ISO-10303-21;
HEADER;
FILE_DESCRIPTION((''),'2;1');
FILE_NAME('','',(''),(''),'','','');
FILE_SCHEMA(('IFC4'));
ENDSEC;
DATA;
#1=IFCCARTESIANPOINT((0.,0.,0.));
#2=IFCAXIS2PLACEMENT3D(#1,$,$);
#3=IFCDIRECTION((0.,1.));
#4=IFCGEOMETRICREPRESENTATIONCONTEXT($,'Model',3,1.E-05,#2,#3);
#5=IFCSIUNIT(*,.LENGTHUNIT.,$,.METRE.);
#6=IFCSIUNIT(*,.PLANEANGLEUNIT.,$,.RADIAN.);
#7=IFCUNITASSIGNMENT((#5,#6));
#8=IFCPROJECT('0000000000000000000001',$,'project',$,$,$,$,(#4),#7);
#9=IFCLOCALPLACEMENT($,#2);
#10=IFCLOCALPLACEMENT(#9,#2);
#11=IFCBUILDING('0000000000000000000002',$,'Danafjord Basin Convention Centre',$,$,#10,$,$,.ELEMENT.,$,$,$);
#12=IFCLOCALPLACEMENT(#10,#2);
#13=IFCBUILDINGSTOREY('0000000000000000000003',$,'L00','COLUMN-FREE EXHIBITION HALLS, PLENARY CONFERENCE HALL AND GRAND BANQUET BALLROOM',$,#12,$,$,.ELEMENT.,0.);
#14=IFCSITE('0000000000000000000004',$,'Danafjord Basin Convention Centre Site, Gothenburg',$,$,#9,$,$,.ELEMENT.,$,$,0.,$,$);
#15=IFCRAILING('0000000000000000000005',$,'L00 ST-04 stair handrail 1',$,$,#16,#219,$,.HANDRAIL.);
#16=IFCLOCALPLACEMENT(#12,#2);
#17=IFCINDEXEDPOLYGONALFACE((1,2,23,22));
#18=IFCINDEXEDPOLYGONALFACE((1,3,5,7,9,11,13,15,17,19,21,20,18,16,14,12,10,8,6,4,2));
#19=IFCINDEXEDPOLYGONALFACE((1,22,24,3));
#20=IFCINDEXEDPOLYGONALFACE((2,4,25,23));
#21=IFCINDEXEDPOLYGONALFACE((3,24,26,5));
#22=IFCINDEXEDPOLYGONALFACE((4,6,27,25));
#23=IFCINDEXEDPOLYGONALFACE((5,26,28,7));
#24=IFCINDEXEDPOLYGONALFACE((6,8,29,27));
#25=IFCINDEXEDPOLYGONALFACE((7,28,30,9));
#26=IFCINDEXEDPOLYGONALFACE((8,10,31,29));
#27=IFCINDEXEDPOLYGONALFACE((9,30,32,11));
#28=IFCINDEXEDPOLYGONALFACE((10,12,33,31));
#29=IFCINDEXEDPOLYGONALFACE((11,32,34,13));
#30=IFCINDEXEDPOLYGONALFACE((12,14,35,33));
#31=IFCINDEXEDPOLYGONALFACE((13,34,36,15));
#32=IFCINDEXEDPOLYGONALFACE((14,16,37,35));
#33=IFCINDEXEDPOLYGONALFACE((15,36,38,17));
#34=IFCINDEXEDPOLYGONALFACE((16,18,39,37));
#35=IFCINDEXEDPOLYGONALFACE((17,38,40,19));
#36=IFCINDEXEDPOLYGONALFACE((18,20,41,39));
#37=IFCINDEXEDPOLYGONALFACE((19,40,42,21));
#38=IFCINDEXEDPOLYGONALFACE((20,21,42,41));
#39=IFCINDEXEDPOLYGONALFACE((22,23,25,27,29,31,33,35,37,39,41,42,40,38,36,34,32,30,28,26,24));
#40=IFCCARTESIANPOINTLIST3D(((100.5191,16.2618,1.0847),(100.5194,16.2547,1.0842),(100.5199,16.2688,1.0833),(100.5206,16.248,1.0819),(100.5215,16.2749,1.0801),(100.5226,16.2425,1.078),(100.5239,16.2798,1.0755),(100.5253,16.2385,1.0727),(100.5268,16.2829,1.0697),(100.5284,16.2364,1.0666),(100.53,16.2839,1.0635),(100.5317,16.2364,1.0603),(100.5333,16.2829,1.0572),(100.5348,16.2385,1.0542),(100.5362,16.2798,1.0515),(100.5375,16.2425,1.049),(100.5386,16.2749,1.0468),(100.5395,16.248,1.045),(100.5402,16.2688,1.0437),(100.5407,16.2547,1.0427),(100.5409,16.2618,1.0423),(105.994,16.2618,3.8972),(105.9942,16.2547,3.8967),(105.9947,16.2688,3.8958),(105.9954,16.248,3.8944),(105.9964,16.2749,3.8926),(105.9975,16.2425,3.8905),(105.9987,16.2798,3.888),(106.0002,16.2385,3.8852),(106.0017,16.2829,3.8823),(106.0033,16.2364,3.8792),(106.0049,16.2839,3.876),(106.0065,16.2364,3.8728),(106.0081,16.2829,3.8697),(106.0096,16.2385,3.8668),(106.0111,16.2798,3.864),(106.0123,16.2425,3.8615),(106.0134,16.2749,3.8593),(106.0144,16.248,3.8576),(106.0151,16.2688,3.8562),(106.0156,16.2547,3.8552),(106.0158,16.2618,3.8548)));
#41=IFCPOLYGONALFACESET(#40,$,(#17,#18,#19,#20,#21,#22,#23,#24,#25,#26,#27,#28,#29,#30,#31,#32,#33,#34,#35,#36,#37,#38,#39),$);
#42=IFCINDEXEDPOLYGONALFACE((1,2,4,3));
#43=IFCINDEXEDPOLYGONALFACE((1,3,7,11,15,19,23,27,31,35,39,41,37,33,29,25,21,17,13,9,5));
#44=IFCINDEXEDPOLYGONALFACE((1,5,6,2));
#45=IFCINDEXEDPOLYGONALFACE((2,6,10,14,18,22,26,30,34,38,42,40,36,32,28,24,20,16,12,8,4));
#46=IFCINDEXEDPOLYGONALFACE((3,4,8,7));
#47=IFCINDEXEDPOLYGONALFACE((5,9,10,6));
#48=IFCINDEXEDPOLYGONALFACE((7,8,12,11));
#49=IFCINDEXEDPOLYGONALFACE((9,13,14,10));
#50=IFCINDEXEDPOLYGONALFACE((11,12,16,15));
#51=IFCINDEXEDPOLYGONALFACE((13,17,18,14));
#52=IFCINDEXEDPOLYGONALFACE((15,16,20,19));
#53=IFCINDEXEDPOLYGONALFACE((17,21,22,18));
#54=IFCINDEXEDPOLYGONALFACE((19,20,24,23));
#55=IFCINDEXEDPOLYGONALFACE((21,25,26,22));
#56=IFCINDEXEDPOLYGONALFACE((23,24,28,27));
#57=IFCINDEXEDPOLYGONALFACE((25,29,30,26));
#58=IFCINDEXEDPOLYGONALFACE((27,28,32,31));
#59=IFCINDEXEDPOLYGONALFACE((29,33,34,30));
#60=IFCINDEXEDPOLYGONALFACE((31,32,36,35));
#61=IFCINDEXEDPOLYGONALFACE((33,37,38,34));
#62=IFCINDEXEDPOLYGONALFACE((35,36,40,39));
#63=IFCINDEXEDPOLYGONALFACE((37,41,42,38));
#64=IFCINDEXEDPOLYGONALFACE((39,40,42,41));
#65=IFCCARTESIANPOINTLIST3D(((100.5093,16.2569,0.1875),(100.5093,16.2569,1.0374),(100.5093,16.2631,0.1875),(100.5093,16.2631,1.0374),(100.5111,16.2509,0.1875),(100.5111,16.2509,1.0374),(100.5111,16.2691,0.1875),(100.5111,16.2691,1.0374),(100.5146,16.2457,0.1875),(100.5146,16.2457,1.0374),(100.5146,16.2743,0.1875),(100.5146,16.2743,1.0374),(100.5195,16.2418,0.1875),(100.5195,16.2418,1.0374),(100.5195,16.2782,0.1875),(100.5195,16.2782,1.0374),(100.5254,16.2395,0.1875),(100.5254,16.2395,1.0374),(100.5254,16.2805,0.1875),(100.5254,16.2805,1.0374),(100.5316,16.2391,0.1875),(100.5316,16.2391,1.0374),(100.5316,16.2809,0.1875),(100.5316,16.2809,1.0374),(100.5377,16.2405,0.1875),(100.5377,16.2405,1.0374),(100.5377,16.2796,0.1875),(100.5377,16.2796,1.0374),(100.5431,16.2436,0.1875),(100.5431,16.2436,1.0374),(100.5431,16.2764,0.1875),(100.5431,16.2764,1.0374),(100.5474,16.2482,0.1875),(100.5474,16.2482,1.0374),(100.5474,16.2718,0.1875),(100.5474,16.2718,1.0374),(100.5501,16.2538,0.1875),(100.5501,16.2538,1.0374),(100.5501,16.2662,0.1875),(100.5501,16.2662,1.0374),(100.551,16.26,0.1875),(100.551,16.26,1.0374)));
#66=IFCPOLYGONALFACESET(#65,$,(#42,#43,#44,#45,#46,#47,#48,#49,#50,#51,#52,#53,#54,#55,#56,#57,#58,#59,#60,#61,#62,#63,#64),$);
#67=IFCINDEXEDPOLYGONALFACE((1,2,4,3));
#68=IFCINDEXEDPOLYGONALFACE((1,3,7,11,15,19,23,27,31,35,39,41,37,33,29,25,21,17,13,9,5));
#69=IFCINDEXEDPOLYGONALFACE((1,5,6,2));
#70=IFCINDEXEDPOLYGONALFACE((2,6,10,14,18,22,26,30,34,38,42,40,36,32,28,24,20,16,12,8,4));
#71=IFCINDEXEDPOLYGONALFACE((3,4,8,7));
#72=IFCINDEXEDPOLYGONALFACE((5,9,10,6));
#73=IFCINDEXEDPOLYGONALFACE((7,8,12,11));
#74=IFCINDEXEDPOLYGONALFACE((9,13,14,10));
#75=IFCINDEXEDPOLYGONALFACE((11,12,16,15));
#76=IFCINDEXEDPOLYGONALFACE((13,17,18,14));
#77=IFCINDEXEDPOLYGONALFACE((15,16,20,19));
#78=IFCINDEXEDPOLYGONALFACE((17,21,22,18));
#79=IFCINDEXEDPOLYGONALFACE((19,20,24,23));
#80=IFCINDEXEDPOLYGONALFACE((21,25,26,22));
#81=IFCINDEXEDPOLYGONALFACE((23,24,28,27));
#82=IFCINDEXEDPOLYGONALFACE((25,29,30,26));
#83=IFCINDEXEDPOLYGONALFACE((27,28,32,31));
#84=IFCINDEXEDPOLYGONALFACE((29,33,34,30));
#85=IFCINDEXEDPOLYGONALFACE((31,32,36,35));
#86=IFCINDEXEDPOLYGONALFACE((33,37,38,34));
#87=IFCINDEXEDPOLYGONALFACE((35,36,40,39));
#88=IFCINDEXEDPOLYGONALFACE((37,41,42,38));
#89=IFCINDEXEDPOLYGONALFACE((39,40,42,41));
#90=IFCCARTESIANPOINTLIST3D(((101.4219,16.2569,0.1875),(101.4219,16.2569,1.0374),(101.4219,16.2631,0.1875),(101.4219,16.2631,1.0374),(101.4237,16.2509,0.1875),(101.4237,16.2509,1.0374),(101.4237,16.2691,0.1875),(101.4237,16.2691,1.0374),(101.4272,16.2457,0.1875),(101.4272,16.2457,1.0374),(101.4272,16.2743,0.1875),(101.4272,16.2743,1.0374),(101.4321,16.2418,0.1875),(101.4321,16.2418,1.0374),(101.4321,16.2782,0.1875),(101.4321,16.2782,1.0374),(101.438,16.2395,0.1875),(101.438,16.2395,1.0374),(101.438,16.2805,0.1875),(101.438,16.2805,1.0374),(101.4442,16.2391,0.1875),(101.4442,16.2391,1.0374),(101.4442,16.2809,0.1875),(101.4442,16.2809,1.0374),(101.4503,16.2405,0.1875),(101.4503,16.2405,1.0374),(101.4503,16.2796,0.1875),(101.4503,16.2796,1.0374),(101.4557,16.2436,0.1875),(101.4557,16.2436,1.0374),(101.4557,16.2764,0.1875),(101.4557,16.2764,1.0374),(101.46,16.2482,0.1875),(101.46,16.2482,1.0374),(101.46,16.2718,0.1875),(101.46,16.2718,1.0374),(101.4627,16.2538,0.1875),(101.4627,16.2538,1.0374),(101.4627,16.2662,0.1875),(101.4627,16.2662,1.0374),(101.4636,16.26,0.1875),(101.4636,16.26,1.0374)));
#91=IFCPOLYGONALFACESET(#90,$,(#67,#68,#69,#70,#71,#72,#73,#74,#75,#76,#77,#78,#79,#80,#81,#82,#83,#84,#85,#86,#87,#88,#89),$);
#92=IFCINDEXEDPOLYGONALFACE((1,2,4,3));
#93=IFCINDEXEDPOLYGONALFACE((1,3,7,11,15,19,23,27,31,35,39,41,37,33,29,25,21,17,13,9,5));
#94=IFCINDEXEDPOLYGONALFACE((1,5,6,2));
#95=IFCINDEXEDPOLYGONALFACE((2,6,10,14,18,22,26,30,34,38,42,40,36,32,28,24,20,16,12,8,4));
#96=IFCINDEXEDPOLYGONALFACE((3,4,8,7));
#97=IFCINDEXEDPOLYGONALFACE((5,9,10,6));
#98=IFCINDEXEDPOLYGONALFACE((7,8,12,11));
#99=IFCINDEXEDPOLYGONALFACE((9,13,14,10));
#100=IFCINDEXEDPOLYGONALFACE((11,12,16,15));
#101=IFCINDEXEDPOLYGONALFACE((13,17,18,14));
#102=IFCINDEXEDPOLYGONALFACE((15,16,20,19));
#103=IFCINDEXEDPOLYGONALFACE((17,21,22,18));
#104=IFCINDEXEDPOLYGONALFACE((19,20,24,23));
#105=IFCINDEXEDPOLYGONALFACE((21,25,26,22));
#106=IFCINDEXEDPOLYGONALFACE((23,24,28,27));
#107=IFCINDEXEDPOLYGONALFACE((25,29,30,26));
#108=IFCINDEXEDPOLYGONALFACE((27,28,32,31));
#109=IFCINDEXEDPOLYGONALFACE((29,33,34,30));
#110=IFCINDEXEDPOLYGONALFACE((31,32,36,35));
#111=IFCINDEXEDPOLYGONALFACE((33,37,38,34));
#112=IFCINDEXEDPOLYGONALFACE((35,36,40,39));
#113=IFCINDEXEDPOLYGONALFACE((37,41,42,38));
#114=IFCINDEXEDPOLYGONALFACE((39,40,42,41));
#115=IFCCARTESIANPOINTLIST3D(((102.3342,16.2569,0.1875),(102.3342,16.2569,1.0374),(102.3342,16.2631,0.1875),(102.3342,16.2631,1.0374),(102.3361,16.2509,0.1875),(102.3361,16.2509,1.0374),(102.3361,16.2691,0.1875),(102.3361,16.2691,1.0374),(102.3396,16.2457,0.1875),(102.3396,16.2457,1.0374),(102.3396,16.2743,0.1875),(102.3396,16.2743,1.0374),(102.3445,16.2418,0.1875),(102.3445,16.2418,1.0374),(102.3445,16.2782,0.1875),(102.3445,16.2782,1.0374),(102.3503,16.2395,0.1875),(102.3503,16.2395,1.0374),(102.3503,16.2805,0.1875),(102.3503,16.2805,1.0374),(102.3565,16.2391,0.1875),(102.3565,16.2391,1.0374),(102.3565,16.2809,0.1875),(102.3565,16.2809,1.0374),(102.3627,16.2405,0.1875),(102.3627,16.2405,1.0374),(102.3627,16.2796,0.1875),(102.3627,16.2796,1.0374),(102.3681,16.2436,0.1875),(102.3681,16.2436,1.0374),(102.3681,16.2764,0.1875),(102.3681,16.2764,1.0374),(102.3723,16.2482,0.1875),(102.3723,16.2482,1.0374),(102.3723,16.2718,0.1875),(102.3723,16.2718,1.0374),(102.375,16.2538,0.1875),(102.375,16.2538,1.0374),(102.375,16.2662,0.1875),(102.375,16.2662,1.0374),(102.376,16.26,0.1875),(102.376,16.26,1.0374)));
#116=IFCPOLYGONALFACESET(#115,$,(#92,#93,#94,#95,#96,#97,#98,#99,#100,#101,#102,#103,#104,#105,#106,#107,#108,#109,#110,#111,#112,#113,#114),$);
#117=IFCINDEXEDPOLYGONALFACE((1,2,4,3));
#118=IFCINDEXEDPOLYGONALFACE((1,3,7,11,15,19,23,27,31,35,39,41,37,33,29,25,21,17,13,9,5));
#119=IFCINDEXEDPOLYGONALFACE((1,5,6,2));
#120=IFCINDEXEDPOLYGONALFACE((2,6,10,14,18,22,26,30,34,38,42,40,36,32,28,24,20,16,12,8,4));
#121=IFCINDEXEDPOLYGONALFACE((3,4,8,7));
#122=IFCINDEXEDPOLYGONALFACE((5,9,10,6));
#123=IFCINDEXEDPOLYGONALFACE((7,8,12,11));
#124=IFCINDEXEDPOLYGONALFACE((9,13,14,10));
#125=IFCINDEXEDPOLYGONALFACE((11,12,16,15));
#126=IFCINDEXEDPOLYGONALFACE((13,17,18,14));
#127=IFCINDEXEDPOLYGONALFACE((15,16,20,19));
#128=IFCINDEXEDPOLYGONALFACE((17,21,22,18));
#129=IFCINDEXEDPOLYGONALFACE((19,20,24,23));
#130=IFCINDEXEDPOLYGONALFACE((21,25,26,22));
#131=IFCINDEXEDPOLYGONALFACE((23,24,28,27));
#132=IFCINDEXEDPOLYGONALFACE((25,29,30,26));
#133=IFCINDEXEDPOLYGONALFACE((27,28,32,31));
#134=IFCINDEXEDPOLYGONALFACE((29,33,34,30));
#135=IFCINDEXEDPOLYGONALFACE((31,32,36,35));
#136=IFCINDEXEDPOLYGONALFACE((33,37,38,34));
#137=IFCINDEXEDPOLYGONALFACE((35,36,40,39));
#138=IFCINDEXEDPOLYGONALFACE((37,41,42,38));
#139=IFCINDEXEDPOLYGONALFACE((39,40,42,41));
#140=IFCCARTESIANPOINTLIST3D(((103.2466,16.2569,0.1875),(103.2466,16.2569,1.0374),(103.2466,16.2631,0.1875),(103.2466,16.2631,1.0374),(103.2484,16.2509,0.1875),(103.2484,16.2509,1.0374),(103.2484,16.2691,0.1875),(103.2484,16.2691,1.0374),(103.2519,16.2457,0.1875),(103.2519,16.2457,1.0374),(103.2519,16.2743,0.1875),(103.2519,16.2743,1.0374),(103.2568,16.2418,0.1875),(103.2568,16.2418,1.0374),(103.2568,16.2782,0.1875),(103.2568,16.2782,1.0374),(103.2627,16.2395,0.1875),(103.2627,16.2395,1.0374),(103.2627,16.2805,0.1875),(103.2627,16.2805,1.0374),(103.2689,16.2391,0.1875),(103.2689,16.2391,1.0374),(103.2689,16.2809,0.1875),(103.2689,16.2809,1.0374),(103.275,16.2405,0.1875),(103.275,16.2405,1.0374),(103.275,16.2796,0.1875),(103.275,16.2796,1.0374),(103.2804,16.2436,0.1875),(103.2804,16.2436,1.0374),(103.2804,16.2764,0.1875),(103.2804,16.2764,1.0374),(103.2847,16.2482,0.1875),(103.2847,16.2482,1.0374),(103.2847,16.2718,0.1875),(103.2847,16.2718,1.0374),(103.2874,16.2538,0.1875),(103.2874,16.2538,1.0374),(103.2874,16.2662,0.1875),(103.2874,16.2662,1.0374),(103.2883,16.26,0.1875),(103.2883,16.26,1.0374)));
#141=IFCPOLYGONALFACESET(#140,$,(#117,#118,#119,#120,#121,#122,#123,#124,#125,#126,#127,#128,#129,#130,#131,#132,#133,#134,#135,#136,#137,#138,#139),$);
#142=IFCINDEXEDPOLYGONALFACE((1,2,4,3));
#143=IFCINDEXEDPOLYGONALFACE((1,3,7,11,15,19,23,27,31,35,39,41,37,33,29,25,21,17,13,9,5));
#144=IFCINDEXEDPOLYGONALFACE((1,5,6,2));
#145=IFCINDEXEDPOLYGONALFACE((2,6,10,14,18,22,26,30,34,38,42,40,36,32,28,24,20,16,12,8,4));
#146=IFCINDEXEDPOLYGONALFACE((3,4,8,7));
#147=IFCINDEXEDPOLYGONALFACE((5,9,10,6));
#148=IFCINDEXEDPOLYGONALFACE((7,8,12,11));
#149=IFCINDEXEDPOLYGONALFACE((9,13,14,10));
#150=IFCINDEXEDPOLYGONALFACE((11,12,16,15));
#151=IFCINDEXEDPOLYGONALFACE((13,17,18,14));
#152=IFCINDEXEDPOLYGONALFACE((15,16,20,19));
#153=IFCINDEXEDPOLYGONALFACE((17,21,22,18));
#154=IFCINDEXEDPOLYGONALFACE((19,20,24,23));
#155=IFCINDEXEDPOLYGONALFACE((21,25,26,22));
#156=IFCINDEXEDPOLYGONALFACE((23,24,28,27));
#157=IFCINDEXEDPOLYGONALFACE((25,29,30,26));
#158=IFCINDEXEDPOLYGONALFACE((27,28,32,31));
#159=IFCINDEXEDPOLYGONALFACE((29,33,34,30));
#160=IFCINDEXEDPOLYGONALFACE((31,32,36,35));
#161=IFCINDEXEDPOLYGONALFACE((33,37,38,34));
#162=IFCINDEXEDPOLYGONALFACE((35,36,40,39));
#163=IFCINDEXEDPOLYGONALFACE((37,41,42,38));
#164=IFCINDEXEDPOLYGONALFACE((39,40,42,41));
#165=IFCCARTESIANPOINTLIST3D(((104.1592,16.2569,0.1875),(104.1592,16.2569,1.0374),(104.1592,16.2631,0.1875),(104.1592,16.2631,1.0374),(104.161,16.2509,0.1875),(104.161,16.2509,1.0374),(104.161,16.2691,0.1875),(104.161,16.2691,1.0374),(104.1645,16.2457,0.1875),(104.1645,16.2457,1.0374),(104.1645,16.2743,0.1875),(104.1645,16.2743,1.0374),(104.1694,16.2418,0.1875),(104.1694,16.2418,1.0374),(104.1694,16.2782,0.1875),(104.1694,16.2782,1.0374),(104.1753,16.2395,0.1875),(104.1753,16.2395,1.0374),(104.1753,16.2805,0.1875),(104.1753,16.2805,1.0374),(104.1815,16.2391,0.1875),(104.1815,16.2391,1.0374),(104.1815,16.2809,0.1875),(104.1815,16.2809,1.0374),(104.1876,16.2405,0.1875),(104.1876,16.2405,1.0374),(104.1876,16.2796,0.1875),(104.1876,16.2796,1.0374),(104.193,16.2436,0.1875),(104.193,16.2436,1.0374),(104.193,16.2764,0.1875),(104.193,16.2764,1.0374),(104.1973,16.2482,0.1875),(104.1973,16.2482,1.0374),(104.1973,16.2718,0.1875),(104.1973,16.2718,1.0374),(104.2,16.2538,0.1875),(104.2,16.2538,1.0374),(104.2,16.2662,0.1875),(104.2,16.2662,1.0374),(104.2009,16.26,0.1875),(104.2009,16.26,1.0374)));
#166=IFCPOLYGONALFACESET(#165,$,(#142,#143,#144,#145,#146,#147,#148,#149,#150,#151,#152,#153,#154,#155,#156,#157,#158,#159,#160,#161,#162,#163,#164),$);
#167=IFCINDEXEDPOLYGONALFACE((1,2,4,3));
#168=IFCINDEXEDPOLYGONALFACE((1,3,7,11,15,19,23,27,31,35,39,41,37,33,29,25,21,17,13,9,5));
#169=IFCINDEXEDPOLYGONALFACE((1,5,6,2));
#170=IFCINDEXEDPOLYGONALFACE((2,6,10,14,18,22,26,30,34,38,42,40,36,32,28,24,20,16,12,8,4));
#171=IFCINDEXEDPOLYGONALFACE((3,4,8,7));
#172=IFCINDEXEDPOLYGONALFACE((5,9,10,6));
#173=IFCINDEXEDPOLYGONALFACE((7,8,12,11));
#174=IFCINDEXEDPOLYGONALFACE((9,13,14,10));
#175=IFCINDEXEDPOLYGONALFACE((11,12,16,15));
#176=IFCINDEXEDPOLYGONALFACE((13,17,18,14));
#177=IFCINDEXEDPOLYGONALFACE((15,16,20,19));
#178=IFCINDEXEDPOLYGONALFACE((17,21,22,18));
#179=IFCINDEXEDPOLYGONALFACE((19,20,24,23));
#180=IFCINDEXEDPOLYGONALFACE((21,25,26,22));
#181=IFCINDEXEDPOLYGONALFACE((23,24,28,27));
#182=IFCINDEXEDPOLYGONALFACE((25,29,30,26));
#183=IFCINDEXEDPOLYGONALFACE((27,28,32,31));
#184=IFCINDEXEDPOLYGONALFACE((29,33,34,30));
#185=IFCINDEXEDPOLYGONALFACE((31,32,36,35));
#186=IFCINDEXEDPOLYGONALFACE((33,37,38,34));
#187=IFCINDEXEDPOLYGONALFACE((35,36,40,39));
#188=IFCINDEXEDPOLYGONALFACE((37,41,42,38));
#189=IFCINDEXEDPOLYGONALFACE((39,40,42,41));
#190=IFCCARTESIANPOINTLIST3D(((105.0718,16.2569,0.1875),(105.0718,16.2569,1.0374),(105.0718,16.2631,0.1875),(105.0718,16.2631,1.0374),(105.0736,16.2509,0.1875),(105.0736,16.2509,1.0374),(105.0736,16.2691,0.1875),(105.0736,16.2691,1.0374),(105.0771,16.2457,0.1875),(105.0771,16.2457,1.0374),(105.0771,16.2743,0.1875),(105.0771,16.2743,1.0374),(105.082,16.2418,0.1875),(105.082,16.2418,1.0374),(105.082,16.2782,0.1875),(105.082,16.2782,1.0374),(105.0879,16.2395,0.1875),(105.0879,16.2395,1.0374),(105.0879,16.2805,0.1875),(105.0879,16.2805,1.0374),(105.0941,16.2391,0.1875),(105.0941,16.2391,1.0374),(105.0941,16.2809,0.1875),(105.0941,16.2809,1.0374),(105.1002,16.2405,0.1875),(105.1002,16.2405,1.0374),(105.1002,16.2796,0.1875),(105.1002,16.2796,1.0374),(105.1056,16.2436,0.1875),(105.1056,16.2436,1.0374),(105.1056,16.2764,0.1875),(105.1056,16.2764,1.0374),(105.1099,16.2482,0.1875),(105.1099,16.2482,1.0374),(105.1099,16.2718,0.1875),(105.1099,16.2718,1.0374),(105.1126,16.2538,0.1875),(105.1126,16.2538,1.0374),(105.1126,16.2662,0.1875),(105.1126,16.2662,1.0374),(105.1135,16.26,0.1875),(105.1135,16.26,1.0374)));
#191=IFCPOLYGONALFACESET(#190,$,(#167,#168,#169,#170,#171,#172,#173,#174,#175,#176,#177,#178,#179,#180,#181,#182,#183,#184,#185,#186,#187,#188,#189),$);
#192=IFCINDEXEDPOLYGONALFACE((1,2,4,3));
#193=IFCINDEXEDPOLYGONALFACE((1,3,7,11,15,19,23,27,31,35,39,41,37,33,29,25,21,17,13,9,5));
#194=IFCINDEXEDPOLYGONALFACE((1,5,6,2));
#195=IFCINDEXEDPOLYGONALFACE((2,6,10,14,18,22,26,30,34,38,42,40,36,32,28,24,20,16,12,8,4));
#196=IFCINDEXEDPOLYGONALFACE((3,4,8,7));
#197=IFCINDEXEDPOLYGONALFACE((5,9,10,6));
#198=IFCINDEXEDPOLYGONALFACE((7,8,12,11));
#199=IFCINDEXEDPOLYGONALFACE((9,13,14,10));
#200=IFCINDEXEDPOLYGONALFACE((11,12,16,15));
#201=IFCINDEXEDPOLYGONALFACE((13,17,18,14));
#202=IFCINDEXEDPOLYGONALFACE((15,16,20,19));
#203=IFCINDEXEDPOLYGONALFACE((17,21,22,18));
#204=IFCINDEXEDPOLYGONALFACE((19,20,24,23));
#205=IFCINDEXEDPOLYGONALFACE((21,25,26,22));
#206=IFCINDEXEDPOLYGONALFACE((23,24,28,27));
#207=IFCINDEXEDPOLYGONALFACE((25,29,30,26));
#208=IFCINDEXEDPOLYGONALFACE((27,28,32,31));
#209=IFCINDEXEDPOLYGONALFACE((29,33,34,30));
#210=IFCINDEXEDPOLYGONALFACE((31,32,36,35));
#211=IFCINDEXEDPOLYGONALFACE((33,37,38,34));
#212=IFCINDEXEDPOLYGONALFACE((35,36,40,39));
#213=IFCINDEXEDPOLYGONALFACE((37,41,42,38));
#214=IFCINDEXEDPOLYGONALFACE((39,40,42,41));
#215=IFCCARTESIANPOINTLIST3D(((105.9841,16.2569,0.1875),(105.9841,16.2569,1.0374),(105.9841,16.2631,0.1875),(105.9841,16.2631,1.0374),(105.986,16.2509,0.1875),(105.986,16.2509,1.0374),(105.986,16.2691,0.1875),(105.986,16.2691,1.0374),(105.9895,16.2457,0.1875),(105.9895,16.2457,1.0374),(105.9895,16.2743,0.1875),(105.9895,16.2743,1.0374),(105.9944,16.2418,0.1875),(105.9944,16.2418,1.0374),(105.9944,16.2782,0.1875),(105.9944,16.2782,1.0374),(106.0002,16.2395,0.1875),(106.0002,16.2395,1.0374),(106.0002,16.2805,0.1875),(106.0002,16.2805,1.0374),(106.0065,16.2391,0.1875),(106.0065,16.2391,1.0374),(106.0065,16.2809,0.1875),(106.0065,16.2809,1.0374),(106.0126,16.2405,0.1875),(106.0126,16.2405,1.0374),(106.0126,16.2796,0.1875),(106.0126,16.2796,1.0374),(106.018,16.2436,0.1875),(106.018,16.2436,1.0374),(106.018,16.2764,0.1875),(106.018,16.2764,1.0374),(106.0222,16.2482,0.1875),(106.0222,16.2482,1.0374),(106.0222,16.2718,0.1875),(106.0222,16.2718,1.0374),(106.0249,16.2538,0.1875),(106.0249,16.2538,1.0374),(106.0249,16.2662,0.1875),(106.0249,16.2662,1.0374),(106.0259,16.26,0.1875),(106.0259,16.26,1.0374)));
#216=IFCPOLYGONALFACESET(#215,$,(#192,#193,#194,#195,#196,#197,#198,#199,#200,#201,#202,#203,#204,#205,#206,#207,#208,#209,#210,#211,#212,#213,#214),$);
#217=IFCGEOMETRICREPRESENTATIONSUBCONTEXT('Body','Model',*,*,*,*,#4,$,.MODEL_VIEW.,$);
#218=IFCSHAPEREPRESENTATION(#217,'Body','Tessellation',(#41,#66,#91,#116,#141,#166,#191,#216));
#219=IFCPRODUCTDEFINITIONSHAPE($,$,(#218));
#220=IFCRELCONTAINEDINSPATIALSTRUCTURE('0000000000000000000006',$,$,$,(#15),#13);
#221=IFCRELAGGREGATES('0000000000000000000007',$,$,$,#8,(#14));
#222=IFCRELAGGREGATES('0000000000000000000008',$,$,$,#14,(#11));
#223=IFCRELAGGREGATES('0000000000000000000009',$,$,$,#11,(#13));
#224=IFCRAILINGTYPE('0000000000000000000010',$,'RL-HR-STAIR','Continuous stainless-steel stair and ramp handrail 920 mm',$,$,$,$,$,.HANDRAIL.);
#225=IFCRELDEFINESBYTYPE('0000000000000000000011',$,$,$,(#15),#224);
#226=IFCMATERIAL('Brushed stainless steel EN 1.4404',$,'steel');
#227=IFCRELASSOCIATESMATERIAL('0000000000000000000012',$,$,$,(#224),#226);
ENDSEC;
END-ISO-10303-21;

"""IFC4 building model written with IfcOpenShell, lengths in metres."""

from ifc_helpers import new_model, si_unit, direction, frame, origin, origin_2d, place, context, subcontext, project, spatial, circle, extrude, material, type_object, element, save


model = new_model("IFC4")

# Units and contexts
model_context = context("Model", 3, precision=1e-05, world=origin(), true_north=direction((0.0, 1.0)))
body_context = subcontext(model_context, "Body", "Model", "MODEL_VIEW")
ifc_project = project(units=[si_unit("LENGTHUNIT", "METRE"), si_unit("PLANEANGLEUNIT", "RADIAN")], contexts=[model_context])

# Site, building, storey
site_placement = place(None, origin())
site = spatial("IfcSite", under=ifc_project, at=site_placement, Name="Danafjord Basin Convention Centre Site, Gothenburg", CompositionType="ELEMENT", RefElevation=0.0)
building_placement = place(site_placement, origin())
building = spatial("IfcBuilding", under=site, at=building_placement, Name="Danafjord Basin Convention Centre", CompositionType="ELEMENT")
storey_placement = place(building_placement, origin())
storey = spatial("IfcBuildingStorey", under=building, at=storey_placement, Name="L00", Description="COLUMN-FREE EXHIBITION HALLS, PLENARY CONFERENCE HALL AND GRAND BANQUET BALLROOM", CompositionType="ELEMENT", Elevation=0.0)

# Railing
ifc_material_1 = material(Name="Brushed stainless steel EN 1.4404", Category="steel")
railing_type_1 = type_object("IfcRailingType", Name="RL-HR-STAIR", Description="Continuous stainless-steel stair and ramp handrail 920 mm", PredefinedType="HANDRAIL", material=ifc_material_1)
railing_1_placement = place(storey_placement, frame((100.53, 16.26, 0.1875)))
element("IfcRailing", 1, at=railing_1_placement, inside=storey, type_object=railing_type_1, Name="L00 ST-04 stair handrail 1", PredefinedType="HANDRAIL", context=body_context, shape_type="SweptSolid", body=[
    extrude(circle(Radius=0.0239, at=origin_2d()), frame((0.0, 0.0, 0.876), z_axis=(0.889495, 0.0, 0.456945), x_axis=(0.0, 1.0, 0.0)), (0.0, 0.0, 1.0), 6.155),
    extrude(circle(Radius=0.021, at=origin_2d()), origin(), (0.0, 0.0, 1.0), 0.8499),
    extrude(circle(Radius=0.021, at=origin_2d()), frame((0.9126, 0.0, 0.0)), (0.0, 0.0, 1.0), 0.8499),
    extrude(circle(Radius=0.021, at=origin_2d()), frame((1.825, 0.0, 0.0)), (0.0, 0.0, 1.0), 0.8499),
    extrude(circle(Radius=0.021, at=origin_2d()), frame((2.7373, 0.0, 0.0)), (0.0, 0.0, 1.0), 0.8499),
    extrude(circle(Radius=0.021, at=origin_2d()), frame((3.6499, 0.0, 0.0)), (0.0, 0.0, 1.0), 0.8499),
    extrude(circle(Radius=0.021, at=origin_2d()), frame((4.5625, 0.0, 0.0)), (0.0, 0.0, 1.0), 0.8499),
    extrude(circle(Radius=0.021, at=origin_2d()), frame((5.4749, 0.0, 0.0)), (0.0, 0.0, 1.0), 0.8499),
])

save(model, "model.ifc")
